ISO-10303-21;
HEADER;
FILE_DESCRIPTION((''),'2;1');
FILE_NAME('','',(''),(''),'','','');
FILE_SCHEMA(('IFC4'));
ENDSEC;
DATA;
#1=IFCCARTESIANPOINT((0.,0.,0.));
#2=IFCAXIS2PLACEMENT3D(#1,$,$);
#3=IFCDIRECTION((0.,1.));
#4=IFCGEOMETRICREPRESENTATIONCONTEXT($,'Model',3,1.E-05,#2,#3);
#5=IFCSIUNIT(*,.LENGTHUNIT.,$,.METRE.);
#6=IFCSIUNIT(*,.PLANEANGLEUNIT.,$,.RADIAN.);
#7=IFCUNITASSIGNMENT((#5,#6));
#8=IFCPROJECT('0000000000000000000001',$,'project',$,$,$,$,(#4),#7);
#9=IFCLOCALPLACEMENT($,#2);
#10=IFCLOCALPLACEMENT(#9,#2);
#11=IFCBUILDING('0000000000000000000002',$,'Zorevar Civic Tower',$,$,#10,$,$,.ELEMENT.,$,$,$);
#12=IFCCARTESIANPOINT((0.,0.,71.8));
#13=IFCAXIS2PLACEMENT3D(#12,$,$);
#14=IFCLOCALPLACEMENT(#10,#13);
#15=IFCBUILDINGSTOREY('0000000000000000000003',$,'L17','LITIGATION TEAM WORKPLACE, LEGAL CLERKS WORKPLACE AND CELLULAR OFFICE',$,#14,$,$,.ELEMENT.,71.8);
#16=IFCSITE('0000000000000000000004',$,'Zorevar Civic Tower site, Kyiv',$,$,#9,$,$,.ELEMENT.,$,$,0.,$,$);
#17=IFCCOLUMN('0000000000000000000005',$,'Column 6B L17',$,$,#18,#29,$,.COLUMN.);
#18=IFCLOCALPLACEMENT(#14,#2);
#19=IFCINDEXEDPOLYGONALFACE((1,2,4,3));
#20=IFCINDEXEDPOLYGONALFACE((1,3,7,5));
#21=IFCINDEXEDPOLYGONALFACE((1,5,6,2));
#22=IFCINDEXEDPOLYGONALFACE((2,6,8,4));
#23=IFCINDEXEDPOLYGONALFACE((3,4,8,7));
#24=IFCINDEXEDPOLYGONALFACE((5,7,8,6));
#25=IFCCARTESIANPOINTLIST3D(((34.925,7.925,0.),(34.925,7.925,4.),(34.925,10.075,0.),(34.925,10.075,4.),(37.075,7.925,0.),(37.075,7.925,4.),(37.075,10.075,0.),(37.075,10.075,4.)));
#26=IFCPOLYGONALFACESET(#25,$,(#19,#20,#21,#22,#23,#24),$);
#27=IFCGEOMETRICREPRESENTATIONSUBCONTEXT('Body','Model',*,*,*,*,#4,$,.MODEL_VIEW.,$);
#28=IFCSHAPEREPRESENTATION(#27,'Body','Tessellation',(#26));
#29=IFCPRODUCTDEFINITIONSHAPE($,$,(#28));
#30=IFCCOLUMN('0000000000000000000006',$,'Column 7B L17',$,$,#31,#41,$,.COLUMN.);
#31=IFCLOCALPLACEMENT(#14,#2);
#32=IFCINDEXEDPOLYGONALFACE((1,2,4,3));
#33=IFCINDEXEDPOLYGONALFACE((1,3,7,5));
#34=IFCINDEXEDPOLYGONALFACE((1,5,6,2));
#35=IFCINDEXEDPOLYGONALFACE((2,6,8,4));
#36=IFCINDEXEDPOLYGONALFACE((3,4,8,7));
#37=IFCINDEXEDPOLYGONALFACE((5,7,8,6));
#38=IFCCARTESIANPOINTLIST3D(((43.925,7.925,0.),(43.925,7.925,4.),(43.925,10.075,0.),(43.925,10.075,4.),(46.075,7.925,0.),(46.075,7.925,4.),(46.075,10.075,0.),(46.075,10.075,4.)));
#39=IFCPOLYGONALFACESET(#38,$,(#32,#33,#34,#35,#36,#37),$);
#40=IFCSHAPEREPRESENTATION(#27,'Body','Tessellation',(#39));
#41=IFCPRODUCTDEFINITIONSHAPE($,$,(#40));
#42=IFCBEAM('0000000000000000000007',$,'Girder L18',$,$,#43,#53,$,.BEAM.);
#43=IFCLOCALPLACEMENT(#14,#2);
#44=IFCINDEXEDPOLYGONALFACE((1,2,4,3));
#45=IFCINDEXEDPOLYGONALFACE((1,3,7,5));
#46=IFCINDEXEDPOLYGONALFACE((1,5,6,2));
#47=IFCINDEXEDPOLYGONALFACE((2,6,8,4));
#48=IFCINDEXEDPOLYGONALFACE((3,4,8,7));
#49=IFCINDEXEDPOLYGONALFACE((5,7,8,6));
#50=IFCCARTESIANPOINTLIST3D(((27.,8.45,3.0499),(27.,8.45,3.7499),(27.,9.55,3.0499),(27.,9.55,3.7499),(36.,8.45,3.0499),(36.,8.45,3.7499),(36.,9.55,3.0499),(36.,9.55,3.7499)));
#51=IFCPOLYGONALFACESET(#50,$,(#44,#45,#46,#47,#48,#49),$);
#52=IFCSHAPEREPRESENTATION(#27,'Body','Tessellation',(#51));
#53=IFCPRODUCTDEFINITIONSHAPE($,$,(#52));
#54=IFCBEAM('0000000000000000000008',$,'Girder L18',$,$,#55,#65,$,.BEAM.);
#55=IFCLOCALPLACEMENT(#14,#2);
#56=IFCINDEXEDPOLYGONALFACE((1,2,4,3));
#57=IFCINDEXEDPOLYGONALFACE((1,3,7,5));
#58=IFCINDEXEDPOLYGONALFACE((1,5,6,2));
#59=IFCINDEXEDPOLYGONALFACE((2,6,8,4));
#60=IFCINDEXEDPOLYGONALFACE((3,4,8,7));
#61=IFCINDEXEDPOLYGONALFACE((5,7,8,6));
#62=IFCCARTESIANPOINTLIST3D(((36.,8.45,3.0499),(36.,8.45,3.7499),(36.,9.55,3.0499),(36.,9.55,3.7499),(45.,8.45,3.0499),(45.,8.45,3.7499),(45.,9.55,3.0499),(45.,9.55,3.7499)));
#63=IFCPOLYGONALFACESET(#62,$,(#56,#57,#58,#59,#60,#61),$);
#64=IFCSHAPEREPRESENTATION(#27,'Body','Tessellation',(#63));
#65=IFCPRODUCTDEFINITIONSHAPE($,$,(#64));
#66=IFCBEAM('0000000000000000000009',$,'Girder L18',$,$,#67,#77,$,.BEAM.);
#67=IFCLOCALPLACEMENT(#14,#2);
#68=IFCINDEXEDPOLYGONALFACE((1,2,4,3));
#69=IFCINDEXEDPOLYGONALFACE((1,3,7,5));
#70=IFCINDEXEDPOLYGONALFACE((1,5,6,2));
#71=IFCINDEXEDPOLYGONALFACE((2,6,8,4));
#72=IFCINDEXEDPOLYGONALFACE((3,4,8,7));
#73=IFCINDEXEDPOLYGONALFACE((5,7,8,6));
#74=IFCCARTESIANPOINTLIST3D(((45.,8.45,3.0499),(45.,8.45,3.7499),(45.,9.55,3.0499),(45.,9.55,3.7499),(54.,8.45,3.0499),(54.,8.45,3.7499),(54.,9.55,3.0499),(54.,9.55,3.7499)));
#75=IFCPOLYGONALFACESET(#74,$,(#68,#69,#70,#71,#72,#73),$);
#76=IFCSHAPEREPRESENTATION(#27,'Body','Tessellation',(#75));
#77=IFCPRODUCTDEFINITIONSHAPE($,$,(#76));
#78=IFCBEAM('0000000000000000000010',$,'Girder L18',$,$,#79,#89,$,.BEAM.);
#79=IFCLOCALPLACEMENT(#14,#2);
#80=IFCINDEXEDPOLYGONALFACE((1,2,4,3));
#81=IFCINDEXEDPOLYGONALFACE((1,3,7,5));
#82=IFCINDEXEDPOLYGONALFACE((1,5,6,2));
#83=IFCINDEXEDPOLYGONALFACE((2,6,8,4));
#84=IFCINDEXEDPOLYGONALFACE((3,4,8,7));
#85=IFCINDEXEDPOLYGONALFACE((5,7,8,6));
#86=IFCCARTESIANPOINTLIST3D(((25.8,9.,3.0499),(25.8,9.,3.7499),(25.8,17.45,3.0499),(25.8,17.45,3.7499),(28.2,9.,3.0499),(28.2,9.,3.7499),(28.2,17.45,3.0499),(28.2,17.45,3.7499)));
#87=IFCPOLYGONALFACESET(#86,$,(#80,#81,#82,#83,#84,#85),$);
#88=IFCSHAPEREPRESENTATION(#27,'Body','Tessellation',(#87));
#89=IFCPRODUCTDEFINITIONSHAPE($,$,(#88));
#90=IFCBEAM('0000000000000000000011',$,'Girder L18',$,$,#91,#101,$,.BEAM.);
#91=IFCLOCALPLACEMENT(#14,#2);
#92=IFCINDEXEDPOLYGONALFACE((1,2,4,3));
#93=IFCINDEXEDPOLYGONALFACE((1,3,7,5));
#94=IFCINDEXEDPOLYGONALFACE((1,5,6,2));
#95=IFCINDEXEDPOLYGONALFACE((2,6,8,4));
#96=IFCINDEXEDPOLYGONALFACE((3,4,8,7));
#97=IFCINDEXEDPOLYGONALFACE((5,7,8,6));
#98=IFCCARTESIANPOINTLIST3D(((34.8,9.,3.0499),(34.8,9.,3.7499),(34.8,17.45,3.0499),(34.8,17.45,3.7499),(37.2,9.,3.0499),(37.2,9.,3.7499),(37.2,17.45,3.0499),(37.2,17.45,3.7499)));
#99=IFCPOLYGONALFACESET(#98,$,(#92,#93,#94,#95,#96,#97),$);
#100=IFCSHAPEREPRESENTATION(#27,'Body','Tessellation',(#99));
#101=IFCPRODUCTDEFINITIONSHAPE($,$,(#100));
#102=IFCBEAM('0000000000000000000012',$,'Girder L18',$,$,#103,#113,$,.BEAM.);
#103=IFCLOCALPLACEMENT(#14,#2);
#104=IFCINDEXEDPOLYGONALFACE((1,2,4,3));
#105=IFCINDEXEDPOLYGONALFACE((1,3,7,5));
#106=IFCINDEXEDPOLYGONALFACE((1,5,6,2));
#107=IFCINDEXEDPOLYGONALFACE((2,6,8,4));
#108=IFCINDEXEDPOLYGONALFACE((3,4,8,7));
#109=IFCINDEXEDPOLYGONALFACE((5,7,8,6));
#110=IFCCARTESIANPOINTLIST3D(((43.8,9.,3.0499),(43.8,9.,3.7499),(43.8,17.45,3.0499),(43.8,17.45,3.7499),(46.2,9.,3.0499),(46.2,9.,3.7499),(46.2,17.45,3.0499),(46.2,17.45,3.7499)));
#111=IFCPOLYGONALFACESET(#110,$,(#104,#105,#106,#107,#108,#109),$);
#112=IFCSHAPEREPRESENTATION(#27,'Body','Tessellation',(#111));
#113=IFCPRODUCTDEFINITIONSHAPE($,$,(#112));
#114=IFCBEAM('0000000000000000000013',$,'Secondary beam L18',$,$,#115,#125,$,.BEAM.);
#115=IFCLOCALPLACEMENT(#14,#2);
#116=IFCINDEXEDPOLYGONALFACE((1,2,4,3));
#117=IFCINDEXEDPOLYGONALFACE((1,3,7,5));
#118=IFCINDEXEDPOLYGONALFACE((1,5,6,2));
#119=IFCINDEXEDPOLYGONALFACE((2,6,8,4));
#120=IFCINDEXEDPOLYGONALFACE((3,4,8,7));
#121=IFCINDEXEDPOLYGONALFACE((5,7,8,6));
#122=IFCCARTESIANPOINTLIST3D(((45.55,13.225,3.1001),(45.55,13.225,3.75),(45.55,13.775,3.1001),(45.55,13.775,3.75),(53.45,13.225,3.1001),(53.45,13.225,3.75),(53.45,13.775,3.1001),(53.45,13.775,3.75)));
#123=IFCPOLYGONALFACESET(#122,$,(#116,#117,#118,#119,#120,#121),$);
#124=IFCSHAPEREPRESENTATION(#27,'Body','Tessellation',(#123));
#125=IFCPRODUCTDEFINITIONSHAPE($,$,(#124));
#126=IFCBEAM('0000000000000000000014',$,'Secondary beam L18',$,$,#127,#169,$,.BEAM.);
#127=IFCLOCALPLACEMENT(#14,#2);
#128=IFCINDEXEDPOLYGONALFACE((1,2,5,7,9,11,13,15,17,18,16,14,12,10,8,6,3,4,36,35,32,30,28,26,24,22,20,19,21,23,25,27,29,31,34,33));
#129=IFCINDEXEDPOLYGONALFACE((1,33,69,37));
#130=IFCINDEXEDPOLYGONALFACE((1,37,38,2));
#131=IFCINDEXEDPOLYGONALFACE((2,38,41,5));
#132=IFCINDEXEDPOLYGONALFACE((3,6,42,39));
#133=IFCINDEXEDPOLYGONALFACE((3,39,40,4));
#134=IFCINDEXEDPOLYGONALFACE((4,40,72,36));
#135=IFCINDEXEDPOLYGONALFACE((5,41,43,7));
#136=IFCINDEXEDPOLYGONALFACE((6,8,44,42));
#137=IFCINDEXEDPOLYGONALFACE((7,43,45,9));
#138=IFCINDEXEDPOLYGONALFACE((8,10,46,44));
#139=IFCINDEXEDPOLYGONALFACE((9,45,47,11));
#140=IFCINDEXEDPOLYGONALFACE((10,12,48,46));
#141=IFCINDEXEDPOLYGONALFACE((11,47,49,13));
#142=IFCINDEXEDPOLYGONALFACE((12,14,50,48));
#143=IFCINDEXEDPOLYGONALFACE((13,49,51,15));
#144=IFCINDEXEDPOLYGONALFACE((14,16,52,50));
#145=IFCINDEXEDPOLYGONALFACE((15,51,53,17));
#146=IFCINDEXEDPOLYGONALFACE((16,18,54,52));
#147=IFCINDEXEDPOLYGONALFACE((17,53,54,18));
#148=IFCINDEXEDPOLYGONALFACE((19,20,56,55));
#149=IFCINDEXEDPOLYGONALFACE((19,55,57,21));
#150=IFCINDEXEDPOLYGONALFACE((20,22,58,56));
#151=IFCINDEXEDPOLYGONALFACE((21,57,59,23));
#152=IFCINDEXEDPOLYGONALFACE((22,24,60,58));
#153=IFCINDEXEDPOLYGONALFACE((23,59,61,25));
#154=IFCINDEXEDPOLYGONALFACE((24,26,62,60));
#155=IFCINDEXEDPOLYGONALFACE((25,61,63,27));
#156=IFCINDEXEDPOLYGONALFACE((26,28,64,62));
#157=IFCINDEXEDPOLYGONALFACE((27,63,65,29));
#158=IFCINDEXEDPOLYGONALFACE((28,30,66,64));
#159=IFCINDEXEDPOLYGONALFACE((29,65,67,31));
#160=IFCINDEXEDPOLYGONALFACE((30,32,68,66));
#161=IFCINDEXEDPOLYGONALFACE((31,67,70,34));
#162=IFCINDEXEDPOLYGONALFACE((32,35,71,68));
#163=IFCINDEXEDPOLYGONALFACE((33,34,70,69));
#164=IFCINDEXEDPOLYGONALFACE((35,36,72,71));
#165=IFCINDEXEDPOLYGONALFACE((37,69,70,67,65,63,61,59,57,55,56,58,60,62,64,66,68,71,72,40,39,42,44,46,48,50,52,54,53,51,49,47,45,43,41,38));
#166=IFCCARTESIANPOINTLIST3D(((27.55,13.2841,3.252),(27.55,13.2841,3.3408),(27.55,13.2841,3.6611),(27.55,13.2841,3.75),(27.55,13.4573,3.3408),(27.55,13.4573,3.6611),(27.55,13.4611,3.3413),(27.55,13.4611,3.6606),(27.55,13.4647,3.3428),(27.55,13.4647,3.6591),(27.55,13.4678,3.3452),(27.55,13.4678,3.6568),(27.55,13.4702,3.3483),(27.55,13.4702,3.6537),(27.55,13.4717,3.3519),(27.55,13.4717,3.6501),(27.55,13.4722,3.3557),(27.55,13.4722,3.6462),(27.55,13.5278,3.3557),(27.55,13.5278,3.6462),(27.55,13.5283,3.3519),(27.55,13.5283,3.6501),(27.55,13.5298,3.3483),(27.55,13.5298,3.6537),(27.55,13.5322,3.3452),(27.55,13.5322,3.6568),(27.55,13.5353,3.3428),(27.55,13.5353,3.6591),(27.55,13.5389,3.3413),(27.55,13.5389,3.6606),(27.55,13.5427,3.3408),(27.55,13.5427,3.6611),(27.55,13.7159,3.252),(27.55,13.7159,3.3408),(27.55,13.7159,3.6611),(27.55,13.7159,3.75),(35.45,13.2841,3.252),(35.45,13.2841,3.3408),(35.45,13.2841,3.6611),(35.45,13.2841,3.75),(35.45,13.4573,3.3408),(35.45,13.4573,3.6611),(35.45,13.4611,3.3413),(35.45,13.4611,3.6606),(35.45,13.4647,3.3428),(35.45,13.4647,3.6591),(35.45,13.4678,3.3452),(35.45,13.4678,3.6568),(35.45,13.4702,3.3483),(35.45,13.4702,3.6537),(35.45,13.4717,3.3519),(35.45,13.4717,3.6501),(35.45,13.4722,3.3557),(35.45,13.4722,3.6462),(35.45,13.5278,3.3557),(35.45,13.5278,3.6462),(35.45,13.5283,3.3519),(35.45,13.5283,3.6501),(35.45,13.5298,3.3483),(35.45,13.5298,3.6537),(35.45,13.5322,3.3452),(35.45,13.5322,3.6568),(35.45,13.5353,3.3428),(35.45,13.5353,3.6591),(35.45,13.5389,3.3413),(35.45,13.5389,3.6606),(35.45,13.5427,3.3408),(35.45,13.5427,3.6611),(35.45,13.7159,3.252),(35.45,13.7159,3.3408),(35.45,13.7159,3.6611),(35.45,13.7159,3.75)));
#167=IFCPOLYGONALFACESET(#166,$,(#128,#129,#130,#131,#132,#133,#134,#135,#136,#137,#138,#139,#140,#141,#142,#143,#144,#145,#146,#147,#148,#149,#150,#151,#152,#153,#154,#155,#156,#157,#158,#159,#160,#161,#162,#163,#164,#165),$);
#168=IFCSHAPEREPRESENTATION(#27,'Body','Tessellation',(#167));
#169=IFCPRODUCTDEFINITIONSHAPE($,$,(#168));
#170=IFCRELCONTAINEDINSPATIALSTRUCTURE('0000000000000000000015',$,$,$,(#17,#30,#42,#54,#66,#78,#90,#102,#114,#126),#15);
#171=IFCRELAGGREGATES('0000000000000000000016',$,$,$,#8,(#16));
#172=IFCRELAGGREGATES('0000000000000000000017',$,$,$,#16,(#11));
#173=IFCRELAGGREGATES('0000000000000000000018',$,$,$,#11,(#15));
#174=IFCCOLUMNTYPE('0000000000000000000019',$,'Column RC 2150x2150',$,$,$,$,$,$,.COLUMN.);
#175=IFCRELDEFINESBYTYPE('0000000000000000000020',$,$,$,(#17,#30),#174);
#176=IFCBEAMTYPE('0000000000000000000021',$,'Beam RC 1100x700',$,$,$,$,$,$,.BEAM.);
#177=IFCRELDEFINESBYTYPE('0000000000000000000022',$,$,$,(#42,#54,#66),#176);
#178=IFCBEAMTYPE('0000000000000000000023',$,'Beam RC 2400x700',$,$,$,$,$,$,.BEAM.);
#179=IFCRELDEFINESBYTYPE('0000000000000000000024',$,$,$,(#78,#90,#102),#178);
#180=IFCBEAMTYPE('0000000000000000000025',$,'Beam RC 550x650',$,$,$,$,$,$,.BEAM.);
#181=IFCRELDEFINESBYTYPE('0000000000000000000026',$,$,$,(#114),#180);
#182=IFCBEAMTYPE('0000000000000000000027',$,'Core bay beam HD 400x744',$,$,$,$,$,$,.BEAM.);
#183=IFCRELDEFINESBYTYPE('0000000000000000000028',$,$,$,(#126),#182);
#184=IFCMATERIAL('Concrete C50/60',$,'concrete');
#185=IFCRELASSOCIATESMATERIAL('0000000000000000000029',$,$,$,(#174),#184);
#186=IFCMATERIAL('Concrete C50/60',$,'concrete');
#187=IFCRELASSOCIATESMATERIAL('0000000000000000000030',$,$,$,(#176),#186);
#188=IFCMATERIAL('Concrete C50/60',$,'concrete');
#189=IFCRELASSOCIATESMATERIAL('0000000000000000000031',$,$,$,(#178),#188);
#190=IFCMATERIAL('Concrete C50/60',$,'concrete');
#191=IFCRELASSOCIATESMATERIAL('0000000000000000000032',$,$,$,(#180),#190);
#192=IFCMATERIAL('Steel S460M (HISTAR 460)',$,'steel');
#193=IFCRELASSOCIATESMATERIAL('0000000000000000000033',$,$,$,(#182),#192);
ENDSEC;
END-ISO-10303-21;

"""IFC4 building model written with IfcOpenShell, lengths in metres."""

from ifc_helpers import new_model, si_unit, direction, frame, origin, origin_2d, place, context, subcontext, project, spatial, rectangle, i_section, extrude, material, material_profile, profile_set, type_object, element, save


model = new_model("IFC4")

# Units and contexts
model_context = context("Model", 3, precision=1e-05, world=origin(), true_north=direction((0.0, 1.0)))
body_context = subcontext(model_context, "Body", "Model", "MODEL_VIEW")
ifc_project = project(units=[si_unit("LENGTHUNIT", "METRE"), si_unit("PLANEANGLEUNIT", "RADIAN")], contexts=[model_context])

# Site, building, storey
site_placement = place(None, origin())
site = spatial("IfcSite", under=ifc_project, at=site_placement, Name="Zorevar Civic Tower site, Kyiv", CompositionType="ELEMENT", RefElevation=0.0)
building_placement = place(site_placement, origin())
building = spatial("IfcBuilding", under=site, at=building_placement, Name="Zorevar Civic Tower", CompositionType="ELEMENT")
storey_placement = place(building_placement, frame((0.0, 0.0, 71.8)))
storey = spatial("IfcBuildingStorey", under=building, at=storey_placement, Name="L17", Description="LITIGATION TEAM WORKPLACE, LEGAL CLERKS WORKPLACE AND CELLULAR OFFICE", CompositionType="ELEMENT", Elevation=71.8)

# Columns
ifc_material_1 = material(Name="Concrete C50/60", Category="concrete")
ifc_material_profile_1 = material_profile(ifc_material_1, rectangle(XDim=2.1499, YDim=2.1499, at=origin_2d()), Name="RC 2150x2150")
ifc_profile_set_1 = profile_set([ifc_material_profile_1], Name="Concrete C50/60")
column_type = type_object("IfcColumnType", Name="Column RC 2150x2150", PredefinedType="COLUMN", material=ifc_profile_set_1)
for number, where, z_axis, x_axis, name in (
    (1, (36.0, 9.0, 0.0), (0.0, 0.0, 1.0), (1.0, 0.0, 0.0), "Column 6B L17"),
    (2, (45.0, 9.0, 0.0), (0.0, 0.0, 1.0), (1.0, 0.0, 0.0), "Column 7B L17"),
):
    element("IfcColumn", number, at=place(storey_placement, frame(where, z_axis=z_axis, x_axis=x_axis)), inside=storey, type_object=column_type, Name=name, PredefinedType="COLUMN", context=body_context, shape_type="SweptSolid", body=[
        extrude(rectangle(XDim=2.1499, YDim=2.1499, at=origin_2d()), origin(), (0.0, 0.0, 1.0), 4.0),
    ])

# Beams
ifc_material_2 = material(Name="Concrete C50/60", Category="concrete")
ifc_material_profile_2 = material_profile(ifc_material_2, rectangle(XDim=1.1001, YDim=0.7, at=origin_2d()), Name="RC 1100x700")
ifc_profile_set_2 = profile_set([ifc_material_profile_2], Name="Concrete C50/60")
beam_type_1 = type_object("IfcBeamType", Name="Beam RC 1100x700", PredefinedType="BEAM", material=ifc_profile_set_2)
for number, where, z_axis, x_axis, name in (
    (3, (27.0, 9.0, 3.3999), (1.0, 0.0, 0.0), (0.0, 1.0, 0.0), "Girder L18"),
    (4, (36.0, 9.0, 3.3999), (1.0, 0.0, 0.0), (0.0, 1.0, 0.0), "Girder L18"),
    (5, (45.0, 9.0, 3.3999), (1.0, 0.0, 0.0), (0.0, 1.0, 0.0), "Girder L18"),
):
    element("IfcBeam", number, at=place(storey_placement, frame(where, z_axis=z_axis, x_axis=x_axis)), inside=storey, type_object=beam_type_1, Name=name, PredefinedType="BEAM", context=body_context, shape_type="SweptSolid", body=[
        extrude(rectangle(XDim=1.1001, YDim=0.7, at=origin_2d()), origin(), (0.0, 0.0, 1.0), 9.0),
    ])
ifc_material_3 = material(Name="Concrete C50/60", Category="concrete")
ifc_material_profile_3 = material_profile(ifc_material_3, rectangle(XDim=2.3999, YDim=0.7, at=origin_2d()), Name="RC 2400x700")
ifc_profile_set_3 = profile_set([ifc_material_profile_3], Name="Concrete C50/60")
beam_type_2 = type_object("IfcBeamType", Name="Beam RC 2400x700", PredefinedType="BEAM", material=ifc_profile_set_3)
for number, where, z_axis, x_axis, name in (
    (6, (27.0, 9.0, 3.3999), (0.0, 1.0, 0.0), (-1.0, 0.0, 0.0), "Girder L18"),
    (7, (36.0, 9.0, 3.3999), (0.0, 1.0, 0.0), (-1.0, 0.0, 0.0), "Girder L18"),
    (8, (45.0, 9.0, 3.3999), (0.0, 1.0, 0.0), (-1.0, 0.0, 0.0), "Girder L18"),
):
    element("IfcBeam", number, at=place(storey_placement, frame(where, z_axis=z_axis, x_axis=x_axis)), inside=storey, type_object=beam_type_2, Name=name, PredefinedType="BEAM", context=body_context, shape_type="SweptSolid", body=[
        extrude(rectangle(XDim=2.3999, YDim=0.7, at=origin_2d()), origin(), (0.0, 0.0, 1.0), 8.45),
    ])
ifc_material_4 = material(Name="Concrete C50/60", Category="concrete")
ifc_material_profile_4 = material_profile(ifc_material_4, rectangle(XDim=0.55, YDim=0.6499, at=origin_2d()), Name="RC 550x650")
ifc_profile_set_4 = profile_set([ifc_material_profile_4], Name="Concrete C50/60")
beam_type_3 = type_object("IfcBeamType", Name="Beam RC 550x650", PredefinedType="BEAM", material=ifc_profile_set_4)
beam_placement = place(storey_placement, frame((45.55, 13.5, 3.425), z_axis=(1.0, 0.0, 0.0), x_axis=(0.0, 1.0, 0.0)))
element("IfcBeam", 9, at=beam_placement, inside=storey, type_object=beam_type_3, Name="Secondary beam L18", PredefinedType="BEAM", context=body_context, shape_type="SweptSolid", body=[
    extrude(rectangle(XDim=0.55, YDim=0.6499, at=origin_2d()), origin(), (0.0, 0.0, 1.0), 7.8999),
])
ifc_material_5 = material(Name="Steel S460M (HISTAR 460)", Category="steel")
ifc_material_profile_5 = material_profile(ifc_material_5, i_section(OverallWidth=0.4319, OverallDepth=0.498, WebThickness=0.0557, FlangeThickness=0.0889, FilletRadius=0.0149, at=origin_2d()), Name="HD 400x744")
ifc_profile_set_5 = profile_set([ifc_material_profile_5], Name="Steel S460M (HISTAR 460)")
beam_type_4 = type_object("IfcBeamType", Name="Core bay beam HD 400x744", PredefinedType="BEAM", material=ifc_profile_set_5)
for number, where, z_axis, x_axis, name in (
    (10, (27.55, 13.5, 3.501), (1.0, 0.0, 0.0), (0.0, 1.0, 0.0), "Secondary beam L18"),
):
    element("IfcBeam", number, at=place(storey_placement, frame(where, z_axis=z_axis, x_axis=x_axis)), inside=storey, type_object=beam_type_4, Name=name, PredefinedType="BEAM", context=body_context, shape_type="SweptSolid", body=[
        extrude(i_section(OverallWidth=0.4319, OverallDepth=0.498, WebThickness=0.0557, FlangeThickness=0.0889, FilletRadius=0.0149, at=origin_2d()), origin(), (0.0, 0.0, 1.0), 7.8999),
    ])

save(model, "model.ifc")
